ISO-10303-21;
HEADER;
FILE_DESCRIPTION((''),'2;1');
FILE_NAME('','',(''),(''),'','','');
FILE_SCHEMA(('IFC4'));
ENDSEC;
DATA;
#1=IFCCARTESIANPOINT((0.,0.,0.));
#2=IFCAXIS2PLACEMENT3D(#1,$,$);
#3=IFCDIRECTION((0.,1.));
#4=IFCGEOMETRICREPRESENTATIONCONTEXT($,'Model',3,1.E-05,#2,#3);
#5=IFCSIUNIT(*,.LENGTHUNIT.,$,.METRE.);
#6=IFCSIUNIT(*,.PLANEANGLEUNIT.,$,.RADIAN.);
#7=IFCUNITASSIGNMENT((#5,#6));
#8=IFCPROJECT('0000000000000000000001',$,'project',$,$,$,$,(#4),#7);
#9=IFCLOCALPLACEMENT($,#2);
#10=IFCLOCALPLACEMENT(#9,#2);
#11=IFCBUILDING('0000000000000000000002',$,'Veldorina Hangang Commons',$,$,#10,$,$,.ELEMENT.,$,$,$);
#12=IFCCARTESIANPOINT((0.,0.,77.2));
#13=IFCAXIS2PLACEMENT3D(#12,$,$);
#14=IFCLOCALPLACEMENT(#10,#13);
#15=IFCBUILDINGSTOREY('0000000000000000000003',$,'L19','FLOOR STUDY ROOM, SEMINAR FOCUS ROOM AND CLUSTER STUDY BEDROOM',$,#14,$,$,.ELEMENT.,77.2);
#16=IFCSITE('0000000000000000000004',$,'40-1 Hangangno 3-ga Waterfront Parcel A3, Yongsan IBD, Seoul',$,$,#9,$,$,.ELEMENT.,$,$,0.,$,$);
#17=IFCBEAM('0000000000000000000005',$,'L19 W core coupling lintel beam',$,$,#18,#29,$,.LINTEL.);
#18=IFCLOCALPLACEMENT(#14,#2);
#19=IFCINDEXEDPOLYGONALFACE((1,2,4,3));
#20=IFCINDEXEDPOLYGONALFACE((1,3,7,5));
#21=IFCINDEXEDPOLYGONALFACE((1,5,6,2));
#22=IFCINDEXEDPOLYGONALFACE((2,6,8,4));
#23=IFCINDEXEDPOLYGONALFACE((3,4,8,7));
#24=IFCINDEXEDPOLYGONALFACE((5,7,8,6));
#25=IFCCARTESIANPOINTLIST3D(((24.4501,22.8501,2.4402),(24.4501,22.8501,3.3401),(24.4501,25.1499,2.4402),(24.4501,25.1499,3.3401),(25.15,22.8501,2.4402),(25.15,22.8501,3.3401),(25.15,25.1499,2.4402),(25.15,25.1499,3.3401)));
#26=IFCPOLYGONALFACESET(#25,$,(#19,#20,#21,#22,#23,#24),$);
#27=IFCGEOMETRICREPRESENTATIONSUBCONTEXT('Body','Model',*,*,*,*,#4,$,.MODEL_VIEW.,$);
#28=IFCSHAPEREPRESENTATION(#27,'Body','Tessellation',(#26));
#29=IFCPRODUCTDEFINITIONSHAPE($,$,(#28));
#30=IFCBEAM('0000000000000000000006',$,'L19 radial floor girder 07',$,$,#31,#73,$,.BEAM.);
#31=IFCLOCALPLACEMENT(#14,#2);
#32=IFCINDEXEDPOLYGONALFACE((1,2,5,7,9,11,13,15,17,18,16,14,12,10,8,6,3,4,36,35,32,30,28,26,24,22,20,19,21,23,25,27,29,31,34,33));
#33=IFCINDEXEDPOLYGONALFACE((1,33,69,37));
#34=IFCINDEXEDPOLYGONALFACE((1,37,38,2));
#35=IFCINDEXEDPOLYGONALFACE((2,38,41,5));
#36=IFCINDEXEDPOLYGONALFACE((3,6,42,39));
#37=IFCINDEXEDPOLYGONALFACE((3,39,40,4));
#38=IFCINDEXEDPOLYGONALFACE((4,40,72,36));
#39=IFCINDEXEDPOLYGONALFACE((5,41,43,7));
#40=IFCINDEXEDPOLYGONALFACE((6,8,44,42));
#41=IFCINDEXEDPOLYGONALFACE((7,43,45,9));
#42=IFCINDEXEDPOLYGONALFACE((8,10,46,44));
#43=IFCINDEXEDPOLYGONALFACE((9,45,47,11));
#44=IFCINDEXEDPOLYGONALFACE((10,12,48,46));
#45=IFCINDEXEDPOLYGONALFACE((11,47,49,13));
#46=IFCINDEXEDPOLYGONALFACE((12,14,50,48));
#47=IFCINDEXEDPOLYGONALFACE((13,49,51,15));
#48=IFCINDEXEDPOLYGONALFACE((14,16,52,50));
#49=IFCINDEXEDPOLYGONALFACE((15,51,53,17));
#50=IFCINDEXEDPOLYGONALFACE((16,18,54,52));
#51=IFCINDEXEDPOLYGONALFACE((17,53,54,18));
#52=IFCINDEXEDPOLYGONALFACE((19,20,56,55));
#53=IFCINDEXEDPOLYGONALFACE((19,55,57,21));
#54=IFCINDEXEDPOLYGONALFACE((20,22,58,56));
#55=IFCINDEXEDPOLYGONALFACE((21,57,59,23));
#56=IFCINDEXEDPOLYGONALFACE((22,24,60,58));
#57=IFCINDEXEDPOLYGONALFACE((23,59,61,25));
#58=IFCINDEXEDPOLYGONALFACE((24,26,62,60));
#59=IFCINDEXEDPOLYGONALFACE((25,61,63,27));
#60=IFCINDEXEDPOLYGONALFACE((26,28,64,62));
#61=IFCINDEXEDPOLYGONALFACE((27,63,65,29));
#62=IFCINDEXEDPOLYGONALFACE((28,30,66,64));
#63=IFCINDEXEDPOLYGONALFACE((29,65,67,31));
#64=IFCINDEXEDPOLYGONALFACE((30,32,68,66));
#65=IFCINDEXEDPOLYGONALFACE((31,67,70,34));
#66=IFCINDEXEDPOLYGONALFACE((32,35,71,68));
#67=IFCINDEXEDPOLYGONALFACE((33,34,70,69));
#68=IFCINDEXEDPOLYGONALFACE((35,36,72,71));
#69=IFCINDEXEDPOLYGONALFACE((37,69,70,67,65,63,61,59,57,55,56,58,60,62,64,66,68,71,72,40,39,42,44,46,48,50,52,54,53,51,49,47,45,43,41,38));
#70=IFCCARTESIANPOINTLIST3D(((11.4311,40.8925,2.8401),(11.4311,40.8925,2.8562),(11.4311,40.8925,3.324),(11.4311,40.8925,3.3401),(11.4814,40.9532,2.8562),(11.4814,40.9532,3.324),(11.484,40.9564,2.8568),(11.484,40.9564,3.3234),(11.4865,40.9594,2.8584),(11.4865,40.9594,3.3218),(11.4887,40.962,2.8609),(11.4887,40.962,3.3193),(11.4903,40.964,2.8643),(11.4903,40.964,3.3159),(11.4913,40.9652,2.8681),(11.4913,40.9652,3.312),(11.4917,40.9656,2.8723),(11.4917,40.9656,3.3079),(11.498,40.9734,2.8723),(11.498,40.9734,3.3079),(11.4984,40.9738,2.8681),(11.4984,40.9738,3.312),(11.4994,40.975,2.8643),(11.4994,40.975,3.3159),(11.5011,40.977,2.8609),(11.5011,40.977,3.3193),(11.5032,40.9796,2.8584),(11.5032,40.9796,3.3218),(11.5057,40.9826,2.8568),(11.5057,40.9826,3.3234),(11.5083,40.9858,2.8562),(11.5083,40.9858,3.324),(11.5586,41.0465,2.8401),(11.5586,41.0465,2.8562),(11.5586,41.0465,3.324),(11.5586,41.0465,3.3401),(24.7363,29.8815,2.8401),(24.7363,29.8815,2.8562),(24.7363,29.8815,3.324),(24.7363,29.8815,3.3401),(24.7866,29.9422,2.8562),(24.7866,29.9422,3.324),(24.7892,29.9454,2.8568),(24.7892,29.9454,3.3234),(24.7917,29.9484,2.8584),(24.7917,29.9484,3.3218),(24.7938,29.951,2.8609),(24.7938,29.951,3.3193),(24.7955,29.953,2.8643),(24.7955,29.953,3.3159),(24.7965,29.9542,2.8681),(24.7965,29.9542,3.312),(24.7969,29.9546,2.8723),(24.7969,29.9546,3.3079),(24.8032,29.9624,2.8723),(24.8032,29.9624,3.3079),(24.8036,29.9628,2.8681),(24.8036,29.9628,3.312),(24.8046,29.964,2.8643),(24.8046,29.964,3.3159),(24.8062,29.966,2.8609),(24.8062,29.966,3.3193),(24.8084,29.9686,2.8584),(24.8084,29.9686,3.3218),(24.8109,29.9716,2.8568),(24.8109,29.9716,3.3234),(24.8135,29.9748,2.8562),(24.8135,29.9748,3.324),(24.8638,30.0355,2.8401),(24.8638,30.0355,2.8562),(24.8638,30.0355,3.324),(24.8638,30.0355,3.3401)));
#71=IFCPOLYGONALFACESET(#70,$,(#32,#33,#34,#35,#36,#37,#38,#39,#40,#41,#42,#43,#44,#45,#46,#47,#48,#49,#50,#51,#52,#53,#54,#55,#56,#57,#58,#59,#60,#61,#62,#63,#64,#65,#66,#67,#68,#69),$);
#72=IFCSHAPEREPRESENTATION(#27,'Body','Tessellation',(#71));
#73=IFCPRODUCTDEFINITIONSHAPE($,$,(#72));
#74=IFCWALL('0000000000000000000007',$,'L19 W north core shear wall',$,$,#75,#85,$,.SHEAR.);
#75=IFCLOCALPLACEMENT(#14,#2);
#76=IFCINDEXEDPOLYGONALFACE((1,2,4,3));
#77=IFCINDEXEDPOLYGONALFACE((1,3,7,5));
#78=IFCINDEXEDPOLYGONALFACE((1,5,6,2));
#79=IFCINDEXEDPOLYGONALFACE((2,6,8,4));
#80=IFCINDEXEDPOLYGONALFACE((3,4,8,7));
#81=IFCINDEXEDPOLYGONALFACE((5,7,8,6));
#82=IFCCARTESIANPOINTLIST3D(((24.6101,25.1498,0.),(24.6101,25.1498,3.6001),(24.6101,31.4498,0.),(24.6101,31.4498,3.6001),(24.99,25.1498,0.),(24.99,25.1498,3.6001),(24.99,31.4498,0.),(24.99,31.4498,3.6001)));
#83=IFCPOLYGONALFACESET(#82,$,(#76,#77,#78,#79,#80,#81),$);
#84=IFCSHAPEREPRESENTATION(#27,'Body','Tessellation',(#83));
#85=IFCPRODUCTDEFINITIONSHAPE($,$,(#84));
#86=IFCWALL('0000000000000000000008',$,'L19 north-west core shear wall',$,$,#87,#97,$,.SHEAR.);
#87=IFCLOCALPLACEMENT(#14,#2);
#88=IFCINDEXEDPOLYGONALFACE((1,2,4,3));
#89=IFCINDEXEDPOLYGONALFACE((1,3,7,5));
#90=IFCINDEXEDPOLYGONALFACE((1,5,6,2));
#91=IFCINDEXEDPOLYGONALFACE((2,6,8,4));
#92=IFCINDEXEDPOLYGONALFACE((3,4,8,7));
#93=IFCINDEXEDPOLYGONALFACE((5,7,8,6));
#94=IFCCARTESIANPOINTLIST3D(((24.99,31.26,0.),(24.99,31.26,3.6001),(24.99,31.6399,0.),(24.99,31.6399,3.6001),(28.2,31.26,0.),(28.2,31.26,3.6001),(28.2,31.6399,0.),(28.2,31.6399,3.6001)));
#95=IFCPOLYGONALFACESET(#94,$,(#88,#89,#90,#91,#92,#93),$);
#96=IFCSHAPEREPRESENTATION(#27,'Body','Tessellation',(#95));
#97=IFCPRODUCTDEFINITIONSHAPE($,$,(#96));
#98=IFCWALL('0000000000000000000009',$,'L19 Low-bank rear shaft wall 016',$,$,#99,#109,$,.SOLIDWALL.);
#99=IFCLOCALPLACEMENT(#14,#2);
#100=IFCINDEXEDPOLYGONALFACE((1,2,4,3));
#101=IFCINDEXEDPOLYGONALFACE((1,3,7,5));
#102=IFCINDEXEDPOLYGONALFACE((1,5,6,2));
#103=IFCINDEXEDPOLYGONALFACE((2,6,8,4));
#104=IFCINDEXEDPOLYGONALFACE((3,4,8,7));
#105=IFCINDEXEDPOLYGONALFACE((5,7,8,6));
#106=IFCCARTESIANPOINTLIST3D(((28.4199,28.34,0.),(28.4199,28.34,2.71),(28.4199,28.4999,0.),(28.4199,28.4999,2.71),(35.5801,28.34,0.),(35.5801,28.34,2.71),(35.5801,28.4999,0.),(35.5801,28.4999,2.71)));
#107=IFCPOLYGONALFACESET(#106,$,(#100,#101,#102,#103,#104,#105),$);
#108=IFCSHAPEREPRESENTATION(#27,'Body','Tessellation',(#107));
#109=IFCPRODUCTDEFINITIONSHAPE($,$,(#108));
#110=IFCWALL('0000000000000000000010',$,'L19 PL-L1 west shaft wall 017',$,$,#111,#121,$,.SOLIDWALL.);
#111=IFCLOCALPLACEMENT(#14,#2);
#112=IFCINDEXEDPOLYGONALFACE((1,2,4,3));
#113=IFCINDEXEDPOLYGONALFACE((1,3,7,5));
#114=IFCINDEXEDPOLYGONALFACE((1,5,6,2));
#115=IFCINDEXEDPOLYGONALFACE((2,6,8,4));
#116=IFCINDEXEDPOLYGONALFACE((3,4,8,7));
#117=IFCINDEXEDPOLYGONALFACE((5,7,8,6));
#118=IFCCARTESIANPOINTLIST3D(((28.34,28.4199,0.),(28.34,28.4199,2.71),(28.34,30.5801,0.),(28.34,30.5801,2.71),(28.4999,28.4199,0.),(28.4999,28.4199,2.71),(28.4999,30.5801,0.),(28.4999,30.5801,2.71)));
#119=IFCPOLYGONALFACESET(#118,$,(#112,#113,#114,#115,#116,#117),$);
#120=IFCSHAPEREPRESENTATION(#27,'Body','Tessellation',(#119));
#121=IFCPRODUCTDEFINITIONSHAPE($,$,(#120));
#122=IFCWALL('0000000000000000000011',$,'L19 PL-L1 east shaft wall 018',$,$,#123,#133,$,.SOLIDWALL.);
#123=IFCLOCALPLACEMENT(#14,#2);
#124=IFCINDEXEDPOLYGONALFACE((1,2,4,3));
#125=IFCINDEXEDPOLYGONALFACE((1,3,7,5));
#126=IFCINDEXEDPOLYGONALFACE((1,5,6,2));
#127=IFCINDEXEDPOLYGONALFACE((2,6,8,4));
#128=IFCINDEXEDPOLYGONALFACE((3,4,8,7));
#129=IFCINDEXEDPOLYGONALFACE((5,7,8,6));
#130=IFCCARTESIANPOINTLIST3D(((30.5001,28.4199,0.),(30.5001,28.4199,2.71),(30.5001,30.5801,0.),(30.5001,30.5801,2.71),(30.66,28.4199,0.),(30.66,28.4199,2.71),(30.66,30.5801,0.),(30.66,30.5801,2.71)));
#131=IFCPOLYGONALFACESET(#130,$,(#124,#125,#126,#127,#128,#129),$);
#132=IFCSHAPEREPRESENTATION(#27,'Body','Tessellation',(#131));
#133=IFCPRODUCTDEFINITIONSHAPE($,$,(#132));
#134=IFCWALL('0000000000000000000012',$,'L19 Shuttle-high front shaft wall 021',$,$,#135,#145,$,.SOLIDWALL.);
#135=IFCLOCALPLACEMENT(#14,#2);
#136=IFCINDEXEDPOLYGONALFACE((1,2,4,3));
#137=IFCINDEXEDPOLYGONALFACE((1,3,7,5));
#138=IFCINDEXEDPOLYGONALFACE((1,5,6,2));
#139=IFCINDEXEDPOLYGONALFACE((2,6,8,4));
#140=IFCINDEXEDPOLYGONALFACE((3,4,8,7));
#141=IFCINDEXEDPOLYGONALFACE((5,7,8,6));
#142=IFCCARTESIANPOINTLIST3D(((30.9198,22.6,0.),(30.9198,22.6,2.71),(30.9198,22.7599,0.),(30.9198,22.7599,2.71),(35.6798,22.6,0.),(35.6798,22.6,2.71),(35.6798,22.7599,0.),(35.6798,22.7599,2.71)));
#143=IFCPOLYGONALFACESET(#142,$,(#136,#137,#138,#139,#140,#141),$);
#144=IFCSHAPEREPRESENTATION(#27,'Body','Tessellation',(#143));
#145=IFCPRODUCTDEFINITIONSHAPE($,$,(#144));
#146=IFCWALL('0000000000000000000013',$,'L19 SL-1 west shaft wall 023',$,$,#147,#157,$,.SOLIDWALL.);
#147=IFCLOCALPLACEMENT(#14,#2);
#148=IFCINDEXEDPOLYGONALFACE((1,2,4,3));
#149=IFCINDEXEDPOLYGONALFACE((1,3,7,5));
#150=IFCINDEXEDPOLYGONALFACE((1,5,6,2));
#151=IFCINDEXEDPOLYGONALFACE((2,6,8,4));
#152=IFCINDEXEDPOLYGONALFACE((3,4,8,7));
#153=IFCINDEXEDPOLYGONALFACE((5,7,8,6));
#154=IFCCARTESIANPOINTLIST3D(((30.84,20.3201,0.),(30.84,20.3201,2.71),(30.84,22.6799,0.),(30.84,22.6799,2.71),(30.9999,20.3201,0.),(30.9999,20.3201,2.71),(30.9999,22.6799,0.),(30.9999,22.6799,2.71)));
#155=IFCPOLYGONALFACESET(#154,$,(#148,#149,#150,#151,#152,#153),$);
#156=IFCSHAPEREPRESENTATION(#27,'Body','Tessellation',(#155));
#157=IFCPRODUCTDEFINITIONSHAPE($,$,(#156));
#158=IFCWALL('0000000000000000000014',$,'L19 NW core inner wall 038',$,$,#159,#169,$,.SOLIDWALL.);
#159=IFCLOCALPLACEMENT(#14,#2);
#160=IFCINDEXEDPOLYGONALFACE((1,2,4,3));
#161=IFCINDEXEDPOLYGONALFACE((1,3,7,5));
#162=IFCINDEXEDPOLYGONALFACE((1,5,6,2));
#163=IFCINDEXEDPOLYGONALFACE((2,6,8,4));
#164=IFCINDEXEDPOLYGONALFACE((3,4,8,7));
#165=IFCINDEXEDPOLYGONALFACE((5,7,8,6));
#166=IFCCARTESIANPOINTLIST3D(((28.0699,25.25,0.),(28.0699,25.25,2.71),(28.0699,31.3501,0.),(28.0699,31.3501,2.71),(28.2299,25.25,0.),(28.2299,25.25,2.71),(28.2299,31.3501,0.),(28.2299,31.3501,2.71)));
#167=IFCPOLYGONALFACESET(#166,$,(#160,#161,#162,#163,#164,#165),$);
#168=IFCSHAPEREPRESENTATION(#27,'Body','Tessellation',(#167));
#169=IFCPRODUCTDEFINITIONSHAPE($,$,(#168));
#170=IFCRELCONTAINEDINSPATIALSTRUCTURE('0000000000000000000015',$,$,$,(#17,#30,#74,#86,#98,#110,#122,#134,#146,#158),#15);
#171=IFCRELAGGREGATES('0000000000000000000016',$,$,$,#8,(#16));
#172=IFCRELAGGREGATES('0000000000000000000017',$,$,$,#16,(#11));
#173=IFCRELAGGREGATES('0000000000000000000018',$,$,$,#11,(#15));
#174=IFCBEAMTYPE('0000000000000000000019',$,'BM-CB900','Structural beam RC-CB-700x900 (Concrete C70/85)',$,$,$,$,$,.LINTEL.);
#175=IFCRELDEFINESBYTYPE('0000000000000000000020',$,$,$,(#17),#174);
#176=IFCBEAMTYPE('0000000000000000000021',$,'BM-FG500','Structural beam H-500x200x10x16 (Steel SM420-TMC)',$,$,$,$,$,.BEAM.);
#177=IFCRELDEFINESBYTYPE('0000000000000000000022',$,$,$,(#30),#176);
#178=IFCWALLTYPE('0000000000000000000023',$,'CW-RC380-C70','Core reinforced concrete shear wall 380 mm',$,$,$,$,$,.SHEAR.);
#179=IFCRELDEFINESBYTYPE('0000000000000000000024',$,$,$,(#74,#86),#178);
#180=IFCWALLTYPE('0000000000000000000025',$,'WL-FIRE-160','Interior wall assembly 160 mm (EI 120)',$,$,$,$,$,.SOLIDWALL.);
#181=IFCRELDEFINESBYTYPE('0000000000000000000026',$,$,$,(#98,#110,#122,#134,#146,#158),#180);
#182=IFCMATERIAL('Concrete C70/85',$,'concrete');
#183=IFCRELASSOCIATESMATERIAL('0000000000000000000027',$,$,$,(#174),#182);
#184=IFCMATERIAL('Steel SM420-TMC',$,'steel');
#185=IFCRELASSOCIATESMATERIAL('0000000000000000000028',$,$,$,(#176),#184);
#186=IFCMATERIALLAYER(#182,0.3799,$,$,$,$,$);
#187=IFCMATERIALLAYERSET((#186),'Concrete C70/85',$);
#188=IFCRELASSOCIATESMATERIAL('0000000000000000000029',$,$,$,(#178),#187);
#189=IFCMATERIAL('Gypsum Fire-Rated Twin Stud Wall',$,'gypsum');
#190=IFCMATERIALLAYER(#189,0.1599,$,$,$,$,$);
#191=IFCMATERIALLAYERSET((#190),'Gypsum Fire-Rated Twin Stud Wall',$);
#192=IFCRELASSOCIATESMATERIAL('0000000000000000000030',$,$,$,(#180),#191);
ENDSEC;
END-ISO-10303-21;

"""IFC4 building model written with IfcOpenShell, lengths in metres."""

from ifc_helpers import new_model, si_unit, direction, frame, frame_2d, origin, origin_2d, place, context, subcontext, project, spatial, rectangle, i_section, extrude, material, layer, layer_set, material_profile, profile_set, type_object, element, save


model = new_model("IFC4")

# Units and contexts
model_context = context("Model", 3, precision=1e-05, world=origin(), true_north=direction((0.0, 1.0)))
body_context = subcontext(model_context, "Body", "Model", "MODEL_VIEW")
ifc_project = project(units=[si_unit("LENGTHUNIT", "METRE"), si_unit("PLANEANGLEUNIT", "RADIAN")], contexts=[model_context])

# Site, building, storey
site_placement = place(None, origin())
site = spatial("IfcSite", under=ifc_project, at=site_placement, Name="40-1 Hangangno 3-ga Waterfront Parcel A3, Yongsan IBD, Seoul", CompositionType="ELEMENT", RefElevation=0.0)
building_placement = place(site_placement, origin())
building = spatial("IfcBuilding", under=site, at=building_placement, Name="Veldorina Hangang Commons", CompositionType="ELEMENT")
storey_placement = place(building_placement, frame((0.0, 0.0, 77.2)))
storey = spatial("IfcBuildingStorey", under=building, at=storey_placement, Name="L19", Description="FLOOR STUDY ROOM, SEMINAR FOCUS ROOM AND CLUSTER STUDY BEDROOM", CompositionType="ELEMENT", Elevation=77.2)

# Beams
ifc_material_1 = material(Name="Concrete C70/85", Category="concrete")
ifc_material_profile_1 = material_profile(ifc_material_1, rectangle(XDim=0.7, YDim=0.8999, at=origin_2d()), Name="RC-CB-700x900")
ifc_profile_set_1 = profile_set([ifc_material_profile_1], Name="Concrete C70/85")
beam_type_1 = type_object("IfcBeamType", Name="BM-CB900", Description="Structural beam RC-CB-700x900 (Concrete C70/85)", PredefinedType="LINTEL", material=ifc_profile_set_1)
beam_1_placement = place(storey_placement, frame((24.8, 22.8501, 2.8901), z_axis=(0.0, 1.0, 0.0), x_axis=(-1.0, 0.0, 0.0)))
element("IfcBeam", 1, at=beam_1_placement, inside=storey, type_object=beam_type_1, Name="L19 W core coupling lintel beam", PredefinedType="LINTEL", context=body_context, shape_type="SweptSolid", body=[
    extrude(rectangle(XDim=0.7, YDim=0.8999, at=origin_2d()), origin(), (0.0, 0.0, 1.0), 2.2998),
])
ifc_material_2 = material(Name="Steel SM420-TMC", Category="steel")
ifc_material_profile_2 = material_profile(ifc_material_2, i_section(OverallWidth=0.2, OverallDepth=0.5, WebThickness=0.01, FlangeThickness=0.0161, FilletRadius=0.0161, at=origin_2d()), Name="H-500x200x10x16")
ifc_profile_set_2 = profile_set([ifc_material_profile_2], Name="Steel SM420-TMC")
beam_type_2 = type_object("IfcBeamType", Name="BM-FG500", Description="Structural beam H-500x200x10x16 (Steel SM420-TMC)", PredefinedType="BEAM", material=ifc_profile_set_2)
beam_2_placement = place(storey_placement, frame((24.8, 29.9585, 3.0901), z_axis=(-0.7704, 0.637561, 0.0), x_axis=(-0.637561, -0.7704, 0.0)))
element("IfcBeam", 2, at=beam_2_placement, inside=storey, type_object=beam_type_2, Name="L19 radial floor girder 07", PredefinedType="BEAM", context=body_context, shape_type="SweptSolid", body=[
    extrude(i_section(OverallWidth=0.2, OverallDepth=0.5, WebThickness=0.01, FlangeThickness=0.0161, FilletRadius=0.0161, at=origin_2d()), origin(), (0.0, 0.0, 1.0), 17.2705),
])

# Walls
ifc_layer_1 = layer(ifc_material_1, 0.3799)
ifc_layer_set_1 = layer_set([ifc_layer_1], Name="Concrete C70/85")
wall_type_1 = type_object("IfcWallType", Name="CW-RC380-C70", Description="Core reinforced concrete shear wall 380 mm", PredefinedType="SHEAR", material=ifc_layer_set_1)
wall_1_placement = place(storey_placement, frame((24.8, 25.1499, 0.0), z_axis=(0.0, 0.0, 1.0), x_axis=(0.0, 1.0, 0.0)))
element("IfcWall", 3, at=wall_1_placement, inside=storey, type_object=wall_type_1, Name="L19 W north core shear wall", PredefinedType="SHEAR", context=body_context, shape_type="SweptSolid", body=[
    extrude(rectangle(XDim=6.3, YDim=0.3799, at=frame_2d((3.1499, 0.0))), origin(), (0.0, 0.0, 1.0), 3.6001),
])
wall_2_placement = place(storey_placement, frame((24.99, 31.45, 0.0), z_axis=(0.0, 0.0, 1.0), x_axis=(1.0, 0.0, 0.0)))
element("IfcWall", 4, at=wall_2_placement, inside=storey, type_object=wall_type_1, Name="L19 north-west core shear wall", PredefinedType="SHEAR", context=body_context, shape_type="SweptSolid", body=[
    extrude(rectangle(XDim=3.21, YDim=0.3799, at=frame_2d((1.605, 0.0))), origin(), (0.0, 0.0, 1.0), 3.6001),
])

# Shared definitions
ifc_material_3 = material(Name="Gypsum Fire-Rated Twin Stud Wall", Category="gypsum")
ifc_layer_2 = layer(ifc_material_3, 0.1599)
ifc_layer_set_2 = layer_set([ifc_layer_2], Name="Gypsum Fire-Rated Twin Stud Wall")
wall_type_2 = type_object("IfcWallType", Name="WL-FIRE-160", Description="Interior wall assembly 160 mm (EI 120)", PredefinedType="SOLIDWALL", material=ifc_layer_set_2)

# Walls
wall_3_placement = place(storey_placement, frame((28.4199, 28.4199, 0.0), z_axis=(0.0, 0.0, 1.0), x_axis=(1.0, 0.0, 0.0)))
element("IfcWall", 5, at=wall_3_placement, inside=storey, type_object=wall_type_2, Name="L19 Low-bank rear shaft wall 016", PredefinedType="SOLIDWALL", context=body_context, shape_type="SweptSolid", body=[
    extrude(rectangle(XDim=7.1602, YDim=0.1599, at=frame_2d((3.5801, 0.0))), origin(), (0.0, 0.0, 1.0), 2.71),
])
for number, where, z_axis, x_axis, name in (
    (6, (28.4199, 28.4199, 0.0), (0.0, 0.0, 1.0), (0.0, 1.0, 0.0), "L19 PL-L1 west shaft wall 017"),
    (7, (30.5801, 28.4199, 0.0), (0.0, 0.0, 1.0), (0.0, 1.0, 0.0), "L19 PL-L1 east shaft wall 018"),
):
    element("IfcWall", number, at=place(storey_placement, frame(where, z_axis=z_axis, x_axis=x_axis)), inside=storey, type_object=wall_type_2, Name=name, PredefinedType="SOLIDWALL", context=body_context, shape_type="SweptSolid", body=[
        extrude(rectangle(XDim=2.1602, YDim=0.1599, at=frame_2d((1.0801, 0.0))), origin(), (0.0, 0.0, 1.0), 2.71),
    ])
wall_4_placement = place(storey_placement, frame((30.9199, 22.6799, 0.0), z_axis=(0.0, 0.0, 1.0), x_axis=(1.0, 0.0, 0.0)))
element("IfcWall", 8, at=wall_4_placement, inside=storey, type_object=wall_type_2, Name="L19 Shuttle-high front shaft wall 021", PredefinedType="SOLIDWALL", context=body_context, shape_type="SweptSolid", body=[
    extrude(rectangle(XDim=4.76, YDim=0.1599, at=frame_2d((2.3799, 0.0))), origin(), (0.0, 0.0, 1.0), 2.71),
])
wall_5_placement = place(storey_placement, frame((30.9199, 20.3201, 0.0), z_axis=(0.0, 0.0, 1.0), x_axis=(0.0, 1.0, 0.0)))
element("IfcWall", 9, at=wall_5_placement, inside=storey, type_object=wall_type_2, Name="L19 SL-1 west shaft wall 023", PredefinedType="SOLIDWALL", context=body_context, shape_type="SweptSolid", body=[
    extrude(rectangle(XDim=2.3599, YDim=0.1599, at=frame_2d((1.1799, 0.0))), origin(), (0.0, 0.0, 1.0), 2.71),
])
wall_6_placement = place(storey_placement, frame((28.1499, 25.25, 0.0), z_axis=(0.0, 0.0, 1.0), x_axis=(0.0, 1.0, 0.0)))
element("IfcWall", 10, at=wall_6_placement, inside=storey, type_object=wall_type_2, Name="L19 NW core inner wall 038", PredefinedType="SOLIDWALL", context=body_context, shape_type="SweptSolid", body=[
    extrude(rectangle(XDim=6.1001, YDim=0.1599, at=frame_2d((3.05, 0.0))), origin(), (0.0, 0.0, 1.0), 2.71),
])

save(model, "model.ifc")
